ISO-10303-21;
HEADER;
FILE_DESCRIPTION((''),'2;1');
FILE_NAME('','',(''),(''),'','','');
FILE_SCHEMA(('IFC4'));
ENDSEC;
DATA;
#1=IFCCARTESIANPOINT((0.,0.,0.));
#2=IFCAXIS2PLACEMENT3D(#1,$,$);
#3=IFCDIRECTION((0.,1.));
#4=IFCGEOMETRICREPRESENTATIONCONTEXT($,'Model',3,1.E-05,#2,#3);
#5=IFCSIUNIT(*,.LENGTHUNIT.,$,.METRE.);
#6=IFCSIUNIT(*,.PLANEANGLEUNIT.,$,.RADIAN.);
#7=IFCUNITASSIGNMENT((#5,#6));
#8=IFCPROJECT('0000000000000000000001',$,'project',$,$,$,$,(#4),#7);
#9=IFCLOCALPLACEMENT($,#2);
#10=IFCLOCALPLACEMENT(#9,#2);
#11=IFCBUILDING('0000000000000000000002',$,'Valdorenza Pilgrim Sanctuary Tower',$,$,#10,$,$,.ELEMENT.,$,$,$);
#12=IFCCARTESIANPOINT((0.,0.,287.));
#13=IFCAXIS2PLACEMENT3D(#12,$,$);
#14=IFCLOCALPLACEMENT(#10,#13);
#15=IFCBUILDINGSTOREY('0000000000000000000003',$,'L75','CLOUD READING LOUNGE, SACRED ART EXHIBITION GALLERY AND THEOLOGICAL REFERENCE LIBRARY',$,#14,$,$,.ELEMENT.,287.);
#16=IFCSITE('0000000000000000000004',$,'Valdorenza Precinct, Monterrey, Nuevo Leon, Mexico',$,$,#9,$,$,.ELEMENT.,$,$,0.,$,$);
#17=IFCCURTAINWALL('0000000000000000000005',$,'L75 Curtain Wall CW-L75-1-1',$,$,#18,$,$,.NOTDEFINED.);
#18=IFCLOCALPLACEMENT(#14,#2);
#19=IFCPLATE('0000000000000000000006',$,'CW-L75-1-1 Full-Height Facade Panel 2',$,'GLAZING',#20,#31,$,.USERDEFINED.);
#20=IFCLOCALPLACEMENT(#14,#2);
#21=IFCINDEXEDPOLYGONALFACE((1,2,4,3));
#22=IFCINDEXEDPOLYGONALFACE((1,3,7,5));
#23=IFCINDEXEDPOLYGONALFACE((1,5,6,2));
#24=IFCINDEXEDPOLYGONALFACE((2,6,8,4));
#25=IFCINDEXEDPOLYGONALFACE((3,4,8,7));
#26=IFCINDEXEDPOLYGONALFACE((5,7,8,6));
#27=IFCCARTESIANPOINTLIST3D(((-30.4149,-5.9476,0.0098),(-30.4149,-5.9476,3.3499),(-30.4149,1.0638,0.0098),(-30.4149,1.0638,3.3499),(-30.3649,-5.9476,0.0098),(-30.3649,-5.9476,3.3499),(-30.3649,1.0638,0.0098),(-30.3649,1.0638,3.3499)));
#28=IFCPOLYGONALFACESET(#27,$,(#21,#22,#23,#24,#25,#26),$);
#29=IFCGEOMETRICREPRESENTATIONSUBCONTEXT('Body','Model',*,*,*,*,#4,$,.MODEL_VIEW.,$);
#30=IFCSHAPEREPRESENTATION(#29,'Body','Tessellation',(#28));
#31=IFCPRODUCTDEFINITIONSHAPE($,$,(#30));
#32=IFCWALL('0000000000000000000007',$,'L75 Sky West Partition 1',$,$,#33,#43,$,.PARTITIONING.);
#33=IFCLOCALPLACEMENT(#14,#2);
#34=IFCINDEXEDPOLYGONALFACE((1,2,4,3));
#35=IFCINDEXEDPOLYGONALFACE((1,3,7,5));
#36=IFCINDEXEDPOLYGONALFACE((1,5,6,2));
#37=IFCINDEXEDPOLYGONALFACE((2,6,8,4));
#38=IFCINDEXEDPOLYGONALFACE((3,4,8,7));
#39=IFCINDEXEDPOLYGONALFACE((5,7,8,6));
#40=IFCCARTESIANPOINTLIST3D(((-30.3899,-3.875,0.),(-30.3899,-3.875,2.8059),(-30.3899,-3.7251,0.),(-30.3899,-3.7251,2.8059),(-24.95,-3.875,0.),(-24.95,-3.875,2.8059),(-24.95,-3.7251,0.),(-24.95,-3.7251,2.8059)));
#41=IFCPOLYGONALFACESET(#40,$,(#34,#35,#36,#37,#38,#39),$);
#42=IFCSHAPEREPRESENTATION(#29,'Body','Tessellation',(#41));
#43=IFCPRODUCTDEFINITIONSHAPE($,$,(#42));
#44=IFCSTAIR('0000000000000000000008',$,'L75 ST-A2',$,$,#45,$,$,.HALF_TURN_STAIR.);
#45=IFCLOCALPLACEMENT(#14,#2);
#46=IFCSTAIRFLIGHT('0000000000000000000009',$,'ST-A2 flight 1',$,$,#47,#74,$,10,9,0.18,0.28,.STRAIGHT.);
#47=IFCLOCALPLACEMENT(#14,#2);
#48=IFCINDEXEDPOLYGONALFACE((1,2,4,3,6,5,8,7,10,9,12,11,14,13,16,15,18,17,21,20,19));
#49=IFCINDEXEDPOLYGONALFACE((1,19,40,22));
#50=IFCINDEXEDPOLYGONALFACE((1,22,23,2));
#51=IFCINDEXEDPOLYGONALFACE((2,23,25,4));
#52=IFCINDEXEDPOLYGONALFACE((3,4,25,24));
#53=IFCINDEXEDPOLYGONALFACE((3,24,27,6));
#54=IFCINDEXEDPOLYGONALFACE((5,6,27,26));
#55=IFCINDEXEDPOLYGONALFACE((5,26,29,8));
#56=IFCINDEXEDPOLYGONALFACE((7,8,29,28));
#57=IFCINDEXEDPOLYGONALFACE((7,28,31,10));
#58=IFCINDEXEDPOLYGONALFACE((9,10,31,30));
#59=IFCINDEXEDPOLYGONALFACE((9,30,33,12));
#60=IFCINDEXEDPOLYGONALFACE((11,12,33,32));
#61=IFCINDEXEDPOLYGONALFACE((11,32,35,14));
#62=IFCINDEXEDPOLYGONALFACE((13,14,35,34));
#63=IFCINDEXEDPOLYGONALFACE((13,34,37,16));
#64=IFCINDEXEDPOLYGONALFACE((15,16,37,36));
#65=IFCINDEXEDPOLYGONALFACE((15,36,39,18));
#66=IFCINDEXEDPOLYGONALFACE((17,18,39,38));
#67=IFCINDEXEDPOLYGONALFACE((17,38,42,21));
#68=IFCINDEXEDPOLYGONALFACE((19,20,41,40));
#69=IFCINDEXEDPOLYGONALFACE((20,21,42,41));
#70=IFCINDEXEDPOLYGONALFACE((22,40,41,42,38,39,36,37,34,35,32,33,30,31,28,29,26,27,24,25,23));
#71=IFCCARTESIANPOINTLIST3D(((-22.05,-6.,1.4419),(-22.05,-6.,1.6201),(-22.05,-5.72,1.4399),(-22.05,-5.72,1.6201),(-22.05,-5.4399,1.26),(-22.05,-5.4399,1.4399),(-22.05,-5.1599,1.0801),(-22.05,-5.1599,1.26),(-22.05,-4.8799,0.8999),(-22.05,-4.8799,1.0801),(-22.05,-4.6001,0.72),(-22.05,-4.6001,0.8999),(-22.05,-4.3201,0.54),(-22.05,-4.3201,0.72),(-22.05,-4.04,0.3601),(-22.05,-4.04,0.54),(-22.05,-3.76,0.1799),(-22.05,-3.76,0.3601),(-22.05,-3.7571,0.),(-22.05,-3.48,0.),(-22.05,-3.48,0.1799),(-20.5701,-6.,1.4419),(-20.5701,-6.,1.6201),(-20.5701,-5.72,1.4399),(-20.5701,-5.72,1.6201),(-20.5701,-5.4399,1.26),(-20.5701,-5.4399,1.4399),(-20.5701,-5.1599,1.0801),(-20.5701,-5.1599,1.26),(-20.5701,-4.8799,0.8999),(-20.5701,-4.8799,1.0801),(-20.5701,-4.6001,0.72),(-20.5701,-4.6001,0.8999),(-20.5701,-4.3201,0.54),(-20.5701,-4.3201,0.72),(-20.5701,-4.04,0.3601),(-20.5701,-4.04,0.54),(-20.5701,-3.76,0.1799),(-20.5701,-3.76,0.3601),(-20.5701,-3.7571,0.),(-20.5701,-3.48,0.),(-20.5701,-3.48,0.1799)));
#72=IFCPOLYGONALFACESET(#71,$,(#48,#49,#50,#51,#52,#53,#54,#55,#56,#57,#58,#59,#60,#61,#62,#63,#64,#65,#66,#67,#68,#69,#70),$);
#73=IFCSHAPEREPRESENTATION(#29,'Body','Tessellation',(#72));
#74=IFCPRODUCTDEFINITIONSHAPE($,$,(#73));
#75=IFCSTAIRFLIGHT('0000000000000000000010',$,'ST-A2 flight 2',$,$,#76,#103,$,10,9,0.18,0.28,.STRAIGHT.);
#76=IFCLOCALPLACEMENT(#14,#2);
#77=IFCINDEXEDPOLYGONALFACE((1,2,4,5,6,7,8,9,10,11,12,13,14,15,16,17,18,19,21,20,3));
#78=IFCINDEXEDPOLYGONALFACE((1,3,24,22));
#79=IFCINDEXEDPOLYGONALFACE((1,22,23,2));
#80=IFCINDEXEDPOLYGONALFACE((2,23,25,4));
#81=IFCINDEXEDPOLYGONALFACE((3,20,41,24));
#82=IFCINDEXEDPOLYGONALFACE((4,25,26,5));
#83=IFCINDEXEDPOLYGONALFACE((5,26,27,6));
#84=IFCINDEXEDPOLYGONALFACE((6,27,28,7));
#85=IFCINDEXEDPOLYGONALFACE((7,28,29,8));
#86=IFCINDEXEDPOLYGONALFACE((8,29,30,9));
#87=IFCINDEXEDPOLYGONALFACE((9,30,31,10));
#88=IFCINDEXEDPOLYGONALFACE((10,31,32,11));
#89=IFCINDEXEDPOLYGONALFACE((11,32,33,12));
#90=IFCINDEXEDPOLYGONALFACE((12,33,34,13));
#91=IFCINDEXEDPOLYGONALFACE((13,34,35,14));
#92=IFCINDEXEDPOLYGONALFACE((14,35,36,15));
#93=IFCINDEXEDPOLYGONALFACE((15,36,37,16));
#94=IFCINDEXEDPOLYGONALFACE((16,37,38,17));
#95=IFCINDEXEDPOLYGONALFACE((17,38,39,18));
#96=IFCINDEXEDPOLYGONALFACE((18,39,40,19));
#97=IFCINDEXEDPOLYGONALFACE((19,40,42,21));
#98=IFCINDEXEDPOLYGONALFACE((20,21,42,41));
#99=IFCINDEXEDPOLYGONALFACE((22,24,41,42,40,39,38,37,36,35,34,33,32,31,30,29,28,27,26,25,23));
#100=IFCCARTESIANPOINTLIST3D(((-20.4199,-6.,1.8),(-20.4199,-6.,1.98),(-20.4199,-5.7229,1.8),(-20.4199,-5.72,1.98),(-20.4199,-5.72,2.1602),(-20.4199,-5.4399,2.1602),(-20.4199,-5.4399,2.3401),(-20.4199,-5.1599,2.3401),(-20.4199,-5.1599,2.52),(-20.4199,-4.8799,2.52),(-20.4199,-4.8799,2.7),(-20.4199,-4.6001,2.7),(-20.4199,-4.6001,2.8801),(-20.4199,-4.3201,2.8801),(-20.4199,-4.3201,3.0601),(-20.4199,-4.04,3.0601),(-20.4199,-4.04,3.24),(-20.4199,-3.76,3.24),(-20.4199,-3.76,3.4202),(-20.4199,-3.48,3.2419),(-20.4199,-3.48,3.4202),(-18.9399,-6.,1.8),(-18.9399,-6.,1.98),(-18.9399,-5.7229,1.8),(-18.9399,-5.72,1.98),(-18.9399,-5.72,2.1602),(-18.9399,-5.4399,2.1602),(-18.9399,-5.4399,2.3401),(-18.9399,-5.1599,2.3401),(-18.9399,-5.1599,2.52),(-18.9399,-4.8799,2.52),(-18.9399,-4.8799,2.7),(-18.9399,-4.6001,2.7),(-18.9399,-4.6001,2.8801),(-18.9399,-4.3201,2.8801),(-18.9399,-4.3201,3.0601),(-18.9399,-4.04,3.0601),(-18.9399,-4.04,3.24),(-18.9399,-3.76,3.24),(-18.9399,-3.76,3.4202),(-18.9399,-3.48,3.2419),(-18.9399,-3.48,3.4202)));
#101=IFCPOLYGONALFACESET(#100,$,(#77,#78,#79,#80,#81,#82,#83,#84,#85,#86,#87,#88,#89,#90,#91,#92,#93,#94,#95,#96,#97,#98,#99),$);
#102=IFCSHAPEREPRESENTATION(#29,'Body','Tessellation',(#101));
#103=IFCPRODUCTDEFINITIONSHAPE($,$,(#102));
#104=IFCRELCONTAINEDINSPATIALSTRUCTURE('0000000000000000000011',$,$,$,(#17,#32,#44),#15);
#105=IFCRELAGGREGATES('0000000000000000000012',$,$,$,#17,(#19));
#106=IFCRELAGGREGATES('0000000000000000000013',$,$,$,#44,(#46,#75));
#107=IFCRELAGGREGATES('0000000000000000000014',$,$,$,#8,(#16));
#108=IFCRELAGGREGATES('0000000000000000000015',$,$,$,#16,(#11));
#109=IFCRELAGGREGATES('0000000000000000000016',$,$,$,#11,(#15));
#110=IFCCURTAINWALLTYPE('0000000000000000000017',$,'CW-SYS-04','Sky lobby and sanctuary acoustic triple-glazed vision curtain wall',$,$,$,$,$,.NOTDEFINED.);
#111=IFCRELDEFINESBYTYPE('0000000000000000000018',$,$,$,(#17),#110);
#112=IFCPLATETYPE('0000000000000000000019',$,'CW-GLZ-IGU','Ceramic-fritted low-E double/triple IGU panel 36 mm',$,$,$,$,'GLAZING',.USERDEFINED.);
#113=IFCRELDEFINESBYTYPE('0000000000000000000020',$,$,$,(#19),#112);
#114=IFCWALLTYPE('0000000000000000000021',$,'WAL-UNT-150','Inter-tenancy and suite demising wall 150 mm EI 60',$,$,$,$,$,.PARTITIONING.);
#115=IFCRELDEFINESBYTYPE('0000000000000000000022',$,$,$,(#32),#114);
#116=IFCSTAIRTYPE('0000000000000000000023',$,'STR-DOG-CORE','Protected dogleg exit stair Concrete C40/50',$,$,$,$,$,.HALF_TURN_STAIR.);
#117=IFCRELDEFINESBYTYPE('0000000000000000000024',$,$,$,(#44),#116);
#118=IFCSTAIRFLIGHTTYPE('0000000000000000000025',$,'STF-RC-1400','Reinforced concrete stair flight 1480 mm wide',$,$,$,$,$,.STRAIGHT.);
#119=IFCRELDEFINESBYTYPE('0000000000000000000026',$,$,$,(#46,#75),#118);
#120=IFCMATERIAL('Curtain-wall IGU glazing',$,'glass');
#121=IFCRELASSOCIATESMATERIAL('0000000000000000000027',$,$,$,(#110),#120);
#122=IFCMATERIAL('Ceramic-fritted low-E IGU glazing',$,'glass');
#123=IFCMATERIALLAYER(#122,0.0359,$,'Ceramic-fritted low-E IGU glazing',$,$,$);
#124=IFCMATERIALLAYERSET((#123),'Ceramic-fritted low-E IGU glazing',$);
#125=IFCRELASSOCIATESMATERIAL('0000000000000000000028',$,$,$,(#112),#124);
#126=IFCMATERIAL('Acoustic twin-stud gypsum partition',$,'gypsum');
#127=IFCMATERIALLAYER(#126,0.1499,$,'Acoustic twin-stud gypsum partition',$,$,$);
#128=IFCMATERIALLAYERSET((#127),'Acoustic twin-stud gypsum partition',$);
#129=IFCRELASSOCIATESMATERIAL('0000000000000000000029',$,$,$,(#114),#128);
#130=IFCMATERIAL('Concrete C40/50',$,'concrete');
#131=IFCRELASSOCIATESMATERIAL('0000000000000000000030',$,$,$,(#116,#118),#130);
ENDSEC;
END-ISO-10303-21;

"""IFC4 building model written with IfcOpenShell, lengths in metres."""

from ifc_helpers import new_model, si_unit, direction, frame, frame_2d, origin, origin_2d, place, context, subcontext, project, spatial, polyline, rectangle, outline, extrude, source, transform, mapped, material, layer, layer_set, type_object, element, aggregate, save


model = new_model("IFC4")

# Units and contexts
model_context = context("Model", 3, precision=1e-05, world=origin(), true_north=direction((0.0, 1.0)))
body_context = subcontext(model_context, "Body", "Model", "MODEL_VIEW")
ifc_project = project(units=[si_unit("LENGTHUNIT", "METRE"), si_unit("PLANEANGLEUNIT", "RADIAN")], contexts=[model_context])

# Site, building, storey
site_placement = place(None, origin())
site = spatial("IfcSite", under=ifc_project, at=site_placement, Name="Valdorenza Precinct, Monterrey, Nuevo Leon, Mexico", CompositionType="ELEMENT", RefElevation=0.0)
building_placement = place(site_placement, origin())
building = spatial("IfcBuilding", under=site, at=building_placement, Name="Valdorenza Pilgrim Sanctuary Tower", CompositionType="ELEMENT")
storey_placement = place(building_placement, frame((0.0, 0.0, 287.0)))
storey = spatial("IfcBuildingStorey", under=building, at=storey_placement, Name="L75", Description="CLOUD READING LOUNGE, SACRED ART EXHIBITION GALLERY AND THEOLOGICAL REFERENCE LIBRARY", CompositionType="ELEMENT", Elevation=287.0)

# Curtain wall, plate
ifc_material_1 = material(Name="Curtain-wall IGU glazing", Category="glass")
curtain_wall_type = type_object("IfcCurtainWallType", Name="CW-SYS-04", Description="Sky lobby and sanctuary acoustic triple-glazed vision curtain wall", PredefinedType="NOTDEFINED", material=ifc_material_1)
curtain_wall_placement = place(storey_placement, origin())
curtain_wall = element("IfcCurtainWall", 1, at=curtain_wall_placement, inside=storey, type_object=curtain_wall_type, Name="L75 Curtain Wall CW-L75-1-1", PredefinedType="NOTDEFINED")
ifc_material_2 = material(Name="Ceramic-fritted low-E IGU glazing", Category="glass")
ifc_layer_1 = layer(ifc_material_2, 0.0359, Name="Ceramic-fritted low-E IGU glazing")
ifc_layer_set_1 = layer_set([ifc_layer_1], Name="Ceramic-fritted low-E IGU glazing")
plate_type_1 = type_object("IfcPlateType", Name="CW-GLZ-IGU", Description="Ceramic-fritted low-E double/triple IGU panel 36 mm", ElementType="GLAZING", PredefinedType="USERDEFINED", material=ifc_layer_set_1)
shared_shape_1 = source(origin(), body_context, "Body", "SweptSolid", [
    extrude(rectangle(XDim=7.0115, YDim=0.05, at=origin_2d()), origin(), (0.0, 0.0, 1.0), 3.3401),
])
plate_1_placement = place(storey_placement, frame((-30.3899, -2.4419, 0.0098), z_axis=(0.0, 0.0, 1.0), x_axis=(0.0, 1.0, 0.0)))
plate_1 = element("IfcPlate", 2, at=plate_1_placement, type_object=plate_type_1, Name="CW-L75-1-1 Full-Height Facade Panel 2", ObjectType="GLAZING", PredefinedType="USERDEFINED", context=body_context, shape_type="MappedRepresentation", body=[
    mapped(shared_shape_1, transform((0.0, 0.0, 0.0), x_axis=(1.0, 0.0, 0.0), y_axis=(0.0, 1.0, 0.0), z_axis=(0.0, 0.0, 1.0), scale=1.0)),
])
aggregate(curtain_wall, [plate_1])

# Shared definitions
ifc_material_3 = material(Name="Concrete C40/50", Category="concrete")

# Wall
ifc_material_4 = material(Name="Acoustic twin-stud gypsum partition", Category="gypsum")
ifc_layer_2 = layer(ifc_material_4, 0.1499, Name="Acoustic twin-stud gypsum partition")
ifc_layer_set_2 = layer_set([ifc_layer_2], Name="Acoustic twin-stud gypsum partition")
wall_type_1 = type_object("IfcWallType", Name="WAL-UNT-150", Description="Inter-tenancy and suite demising wall 150 mm EI 60", PredefinedType="PARTITIONING", material=ifc_layer_set_2)
wall_1_placement = place(storey_placement, frame((-30.3899, -3.8, 0.0), z_axis=(0.0, 0.0, 1.0), x_axis=(1.0, 0.0, 0.0)))
element("IfcWall", 3, at=wall_1_placement, inside=storey, type_object=wall_type_1, Name="L75 Sky West Partition 1", PredefinedType="PARTITIONING", context=body_context, shape_type="SweptSolid", body=[
    extrude(rectangle(XDim=5.4399, YDim=0.1499, at=frame_2d((2.72, 0.0))), origin(), (0.0, 0.0, 1.0), 2.8059),
])

# Stair, stair flights
stair_type = type_object("IfcStairType", Name="STR-DOG-CORE", Description="Protected dogleg exit stair Concrete C40/50", PredefinedType="HALF_TURN_STAIR", material=ifc_material_3)
stair_placement = place(storey_placement, origin())
stair = element("IfcStair", 4, at=stair_placement, inside=storey, type_object=stair_type, Name="L75 ST-A2", PredefinedType="HALF_TURN_STAIR")
stair_flight_type = type_object("IfcStairFlightType", Name="STF-RC-1400", Description="Reinforced concrete stair flight 1480 mm wide", PredefinedType="STRAIGHT", material=ifc_material_3)
stair_flight_1_placement = place(storey_placement, frame((-21.3101, -3.48, 0.0), z_axis=(0.0, 0.0, 1.0), x_axis=(0.0, -1.0, 0.0)))
stair_flight_1 = element("IfcStairFlight", 5, at=stair_flight_1_placement, type_object=stair_flight_type, Name="ST-A2 flight 1", NumberOfRisers=10, NumberOfTreads=9, PredefinedType="STRAIGHT", RiserHeight=0.18, TreadLength=0.28, context=body_context, shape_type="SweptSolid", body=[
    extrude(outline(polyline([(0.0, 0.0), (0.0, 0.1799), (0.28, 0.1799), (0.28, 0.3601), (0.5601, 0.3601), (0.5601, 0.54), (0.8401, 0.54), (0.8401, 0.72), (1.1201, 0.72), (1.1201, 0.8999), (1.3999, 0.8999), (1.3999, 1.0801), (1.6799, 1.0801), (1.6799, 1.26), (1.96, 1.26), (1.96, 1.4399), (2.24, 1.4399), (2.24, 1.6201), (2.52, 1.6201), (2.52, 1.8), (2.52, 1.4419), (0.2771, 0.0), (0.0, 0.0)])), frame((0.0, 0.74, 0.0), z_axis=(0.0, -1.0, 0.0), x_axis=(1.0, 0.0, 0.0)), (0.0, 0.0, 1.0), 1.48),
])
stair_flight_2_placement = place(storey_placement, frame((-19.6799, -6.0, 1.8), z_axis=(0.0, 0.0, 1.0), x_axis=(0.0, 1.0, 0.0)))
stair_flight_2 = element("IfcStairFlight", 6, at=stair_flight_2_placement, type_object=stair_flight_type, Name="ST-A2 flight 2", NumberOfRisers=10, NumberOfTreads=9, PredefinedType="STRAIGHT", RiserHeight=0.18, TreadLength=0.28, context=body_context, shape_type="SweptSolid", body=[
    extrude(outline(polyline([(0.0, 0.0), (0.0, 0.1799), (0.28, 0.1799), (0.28, 0.3601), (0.5601, 0.3601), (0.5601, 0.54), (0.8401, 0.54), (0.8401, 0.72), (1.1201, 0.72), (1.1201, 0.8999), (1.3999, 0.8999), (1.3999, 1.0801), (1.6799, 1.0801), (1.6799, 1.26), (1.96, 1.26), (1.96, 1.4399), (2.24, 1.4399), (2.24, 1.6201), (2.52, 1.6201), (2.52, 1.8), (2.52, 1.4419), (0.2771, 0.0), (0.0, 0.0)])), frame((0.0, 0.74, 0.0), z_axis=(0.0, -1.0, 0.0), x_axis=(1.0, 0.0, 0.0)), (0.0, 0.0, 1.0), 1.48),
])
aggregate(stair, [stair_flight_1, stair_flight_2])

save(model, "model.ifc")
